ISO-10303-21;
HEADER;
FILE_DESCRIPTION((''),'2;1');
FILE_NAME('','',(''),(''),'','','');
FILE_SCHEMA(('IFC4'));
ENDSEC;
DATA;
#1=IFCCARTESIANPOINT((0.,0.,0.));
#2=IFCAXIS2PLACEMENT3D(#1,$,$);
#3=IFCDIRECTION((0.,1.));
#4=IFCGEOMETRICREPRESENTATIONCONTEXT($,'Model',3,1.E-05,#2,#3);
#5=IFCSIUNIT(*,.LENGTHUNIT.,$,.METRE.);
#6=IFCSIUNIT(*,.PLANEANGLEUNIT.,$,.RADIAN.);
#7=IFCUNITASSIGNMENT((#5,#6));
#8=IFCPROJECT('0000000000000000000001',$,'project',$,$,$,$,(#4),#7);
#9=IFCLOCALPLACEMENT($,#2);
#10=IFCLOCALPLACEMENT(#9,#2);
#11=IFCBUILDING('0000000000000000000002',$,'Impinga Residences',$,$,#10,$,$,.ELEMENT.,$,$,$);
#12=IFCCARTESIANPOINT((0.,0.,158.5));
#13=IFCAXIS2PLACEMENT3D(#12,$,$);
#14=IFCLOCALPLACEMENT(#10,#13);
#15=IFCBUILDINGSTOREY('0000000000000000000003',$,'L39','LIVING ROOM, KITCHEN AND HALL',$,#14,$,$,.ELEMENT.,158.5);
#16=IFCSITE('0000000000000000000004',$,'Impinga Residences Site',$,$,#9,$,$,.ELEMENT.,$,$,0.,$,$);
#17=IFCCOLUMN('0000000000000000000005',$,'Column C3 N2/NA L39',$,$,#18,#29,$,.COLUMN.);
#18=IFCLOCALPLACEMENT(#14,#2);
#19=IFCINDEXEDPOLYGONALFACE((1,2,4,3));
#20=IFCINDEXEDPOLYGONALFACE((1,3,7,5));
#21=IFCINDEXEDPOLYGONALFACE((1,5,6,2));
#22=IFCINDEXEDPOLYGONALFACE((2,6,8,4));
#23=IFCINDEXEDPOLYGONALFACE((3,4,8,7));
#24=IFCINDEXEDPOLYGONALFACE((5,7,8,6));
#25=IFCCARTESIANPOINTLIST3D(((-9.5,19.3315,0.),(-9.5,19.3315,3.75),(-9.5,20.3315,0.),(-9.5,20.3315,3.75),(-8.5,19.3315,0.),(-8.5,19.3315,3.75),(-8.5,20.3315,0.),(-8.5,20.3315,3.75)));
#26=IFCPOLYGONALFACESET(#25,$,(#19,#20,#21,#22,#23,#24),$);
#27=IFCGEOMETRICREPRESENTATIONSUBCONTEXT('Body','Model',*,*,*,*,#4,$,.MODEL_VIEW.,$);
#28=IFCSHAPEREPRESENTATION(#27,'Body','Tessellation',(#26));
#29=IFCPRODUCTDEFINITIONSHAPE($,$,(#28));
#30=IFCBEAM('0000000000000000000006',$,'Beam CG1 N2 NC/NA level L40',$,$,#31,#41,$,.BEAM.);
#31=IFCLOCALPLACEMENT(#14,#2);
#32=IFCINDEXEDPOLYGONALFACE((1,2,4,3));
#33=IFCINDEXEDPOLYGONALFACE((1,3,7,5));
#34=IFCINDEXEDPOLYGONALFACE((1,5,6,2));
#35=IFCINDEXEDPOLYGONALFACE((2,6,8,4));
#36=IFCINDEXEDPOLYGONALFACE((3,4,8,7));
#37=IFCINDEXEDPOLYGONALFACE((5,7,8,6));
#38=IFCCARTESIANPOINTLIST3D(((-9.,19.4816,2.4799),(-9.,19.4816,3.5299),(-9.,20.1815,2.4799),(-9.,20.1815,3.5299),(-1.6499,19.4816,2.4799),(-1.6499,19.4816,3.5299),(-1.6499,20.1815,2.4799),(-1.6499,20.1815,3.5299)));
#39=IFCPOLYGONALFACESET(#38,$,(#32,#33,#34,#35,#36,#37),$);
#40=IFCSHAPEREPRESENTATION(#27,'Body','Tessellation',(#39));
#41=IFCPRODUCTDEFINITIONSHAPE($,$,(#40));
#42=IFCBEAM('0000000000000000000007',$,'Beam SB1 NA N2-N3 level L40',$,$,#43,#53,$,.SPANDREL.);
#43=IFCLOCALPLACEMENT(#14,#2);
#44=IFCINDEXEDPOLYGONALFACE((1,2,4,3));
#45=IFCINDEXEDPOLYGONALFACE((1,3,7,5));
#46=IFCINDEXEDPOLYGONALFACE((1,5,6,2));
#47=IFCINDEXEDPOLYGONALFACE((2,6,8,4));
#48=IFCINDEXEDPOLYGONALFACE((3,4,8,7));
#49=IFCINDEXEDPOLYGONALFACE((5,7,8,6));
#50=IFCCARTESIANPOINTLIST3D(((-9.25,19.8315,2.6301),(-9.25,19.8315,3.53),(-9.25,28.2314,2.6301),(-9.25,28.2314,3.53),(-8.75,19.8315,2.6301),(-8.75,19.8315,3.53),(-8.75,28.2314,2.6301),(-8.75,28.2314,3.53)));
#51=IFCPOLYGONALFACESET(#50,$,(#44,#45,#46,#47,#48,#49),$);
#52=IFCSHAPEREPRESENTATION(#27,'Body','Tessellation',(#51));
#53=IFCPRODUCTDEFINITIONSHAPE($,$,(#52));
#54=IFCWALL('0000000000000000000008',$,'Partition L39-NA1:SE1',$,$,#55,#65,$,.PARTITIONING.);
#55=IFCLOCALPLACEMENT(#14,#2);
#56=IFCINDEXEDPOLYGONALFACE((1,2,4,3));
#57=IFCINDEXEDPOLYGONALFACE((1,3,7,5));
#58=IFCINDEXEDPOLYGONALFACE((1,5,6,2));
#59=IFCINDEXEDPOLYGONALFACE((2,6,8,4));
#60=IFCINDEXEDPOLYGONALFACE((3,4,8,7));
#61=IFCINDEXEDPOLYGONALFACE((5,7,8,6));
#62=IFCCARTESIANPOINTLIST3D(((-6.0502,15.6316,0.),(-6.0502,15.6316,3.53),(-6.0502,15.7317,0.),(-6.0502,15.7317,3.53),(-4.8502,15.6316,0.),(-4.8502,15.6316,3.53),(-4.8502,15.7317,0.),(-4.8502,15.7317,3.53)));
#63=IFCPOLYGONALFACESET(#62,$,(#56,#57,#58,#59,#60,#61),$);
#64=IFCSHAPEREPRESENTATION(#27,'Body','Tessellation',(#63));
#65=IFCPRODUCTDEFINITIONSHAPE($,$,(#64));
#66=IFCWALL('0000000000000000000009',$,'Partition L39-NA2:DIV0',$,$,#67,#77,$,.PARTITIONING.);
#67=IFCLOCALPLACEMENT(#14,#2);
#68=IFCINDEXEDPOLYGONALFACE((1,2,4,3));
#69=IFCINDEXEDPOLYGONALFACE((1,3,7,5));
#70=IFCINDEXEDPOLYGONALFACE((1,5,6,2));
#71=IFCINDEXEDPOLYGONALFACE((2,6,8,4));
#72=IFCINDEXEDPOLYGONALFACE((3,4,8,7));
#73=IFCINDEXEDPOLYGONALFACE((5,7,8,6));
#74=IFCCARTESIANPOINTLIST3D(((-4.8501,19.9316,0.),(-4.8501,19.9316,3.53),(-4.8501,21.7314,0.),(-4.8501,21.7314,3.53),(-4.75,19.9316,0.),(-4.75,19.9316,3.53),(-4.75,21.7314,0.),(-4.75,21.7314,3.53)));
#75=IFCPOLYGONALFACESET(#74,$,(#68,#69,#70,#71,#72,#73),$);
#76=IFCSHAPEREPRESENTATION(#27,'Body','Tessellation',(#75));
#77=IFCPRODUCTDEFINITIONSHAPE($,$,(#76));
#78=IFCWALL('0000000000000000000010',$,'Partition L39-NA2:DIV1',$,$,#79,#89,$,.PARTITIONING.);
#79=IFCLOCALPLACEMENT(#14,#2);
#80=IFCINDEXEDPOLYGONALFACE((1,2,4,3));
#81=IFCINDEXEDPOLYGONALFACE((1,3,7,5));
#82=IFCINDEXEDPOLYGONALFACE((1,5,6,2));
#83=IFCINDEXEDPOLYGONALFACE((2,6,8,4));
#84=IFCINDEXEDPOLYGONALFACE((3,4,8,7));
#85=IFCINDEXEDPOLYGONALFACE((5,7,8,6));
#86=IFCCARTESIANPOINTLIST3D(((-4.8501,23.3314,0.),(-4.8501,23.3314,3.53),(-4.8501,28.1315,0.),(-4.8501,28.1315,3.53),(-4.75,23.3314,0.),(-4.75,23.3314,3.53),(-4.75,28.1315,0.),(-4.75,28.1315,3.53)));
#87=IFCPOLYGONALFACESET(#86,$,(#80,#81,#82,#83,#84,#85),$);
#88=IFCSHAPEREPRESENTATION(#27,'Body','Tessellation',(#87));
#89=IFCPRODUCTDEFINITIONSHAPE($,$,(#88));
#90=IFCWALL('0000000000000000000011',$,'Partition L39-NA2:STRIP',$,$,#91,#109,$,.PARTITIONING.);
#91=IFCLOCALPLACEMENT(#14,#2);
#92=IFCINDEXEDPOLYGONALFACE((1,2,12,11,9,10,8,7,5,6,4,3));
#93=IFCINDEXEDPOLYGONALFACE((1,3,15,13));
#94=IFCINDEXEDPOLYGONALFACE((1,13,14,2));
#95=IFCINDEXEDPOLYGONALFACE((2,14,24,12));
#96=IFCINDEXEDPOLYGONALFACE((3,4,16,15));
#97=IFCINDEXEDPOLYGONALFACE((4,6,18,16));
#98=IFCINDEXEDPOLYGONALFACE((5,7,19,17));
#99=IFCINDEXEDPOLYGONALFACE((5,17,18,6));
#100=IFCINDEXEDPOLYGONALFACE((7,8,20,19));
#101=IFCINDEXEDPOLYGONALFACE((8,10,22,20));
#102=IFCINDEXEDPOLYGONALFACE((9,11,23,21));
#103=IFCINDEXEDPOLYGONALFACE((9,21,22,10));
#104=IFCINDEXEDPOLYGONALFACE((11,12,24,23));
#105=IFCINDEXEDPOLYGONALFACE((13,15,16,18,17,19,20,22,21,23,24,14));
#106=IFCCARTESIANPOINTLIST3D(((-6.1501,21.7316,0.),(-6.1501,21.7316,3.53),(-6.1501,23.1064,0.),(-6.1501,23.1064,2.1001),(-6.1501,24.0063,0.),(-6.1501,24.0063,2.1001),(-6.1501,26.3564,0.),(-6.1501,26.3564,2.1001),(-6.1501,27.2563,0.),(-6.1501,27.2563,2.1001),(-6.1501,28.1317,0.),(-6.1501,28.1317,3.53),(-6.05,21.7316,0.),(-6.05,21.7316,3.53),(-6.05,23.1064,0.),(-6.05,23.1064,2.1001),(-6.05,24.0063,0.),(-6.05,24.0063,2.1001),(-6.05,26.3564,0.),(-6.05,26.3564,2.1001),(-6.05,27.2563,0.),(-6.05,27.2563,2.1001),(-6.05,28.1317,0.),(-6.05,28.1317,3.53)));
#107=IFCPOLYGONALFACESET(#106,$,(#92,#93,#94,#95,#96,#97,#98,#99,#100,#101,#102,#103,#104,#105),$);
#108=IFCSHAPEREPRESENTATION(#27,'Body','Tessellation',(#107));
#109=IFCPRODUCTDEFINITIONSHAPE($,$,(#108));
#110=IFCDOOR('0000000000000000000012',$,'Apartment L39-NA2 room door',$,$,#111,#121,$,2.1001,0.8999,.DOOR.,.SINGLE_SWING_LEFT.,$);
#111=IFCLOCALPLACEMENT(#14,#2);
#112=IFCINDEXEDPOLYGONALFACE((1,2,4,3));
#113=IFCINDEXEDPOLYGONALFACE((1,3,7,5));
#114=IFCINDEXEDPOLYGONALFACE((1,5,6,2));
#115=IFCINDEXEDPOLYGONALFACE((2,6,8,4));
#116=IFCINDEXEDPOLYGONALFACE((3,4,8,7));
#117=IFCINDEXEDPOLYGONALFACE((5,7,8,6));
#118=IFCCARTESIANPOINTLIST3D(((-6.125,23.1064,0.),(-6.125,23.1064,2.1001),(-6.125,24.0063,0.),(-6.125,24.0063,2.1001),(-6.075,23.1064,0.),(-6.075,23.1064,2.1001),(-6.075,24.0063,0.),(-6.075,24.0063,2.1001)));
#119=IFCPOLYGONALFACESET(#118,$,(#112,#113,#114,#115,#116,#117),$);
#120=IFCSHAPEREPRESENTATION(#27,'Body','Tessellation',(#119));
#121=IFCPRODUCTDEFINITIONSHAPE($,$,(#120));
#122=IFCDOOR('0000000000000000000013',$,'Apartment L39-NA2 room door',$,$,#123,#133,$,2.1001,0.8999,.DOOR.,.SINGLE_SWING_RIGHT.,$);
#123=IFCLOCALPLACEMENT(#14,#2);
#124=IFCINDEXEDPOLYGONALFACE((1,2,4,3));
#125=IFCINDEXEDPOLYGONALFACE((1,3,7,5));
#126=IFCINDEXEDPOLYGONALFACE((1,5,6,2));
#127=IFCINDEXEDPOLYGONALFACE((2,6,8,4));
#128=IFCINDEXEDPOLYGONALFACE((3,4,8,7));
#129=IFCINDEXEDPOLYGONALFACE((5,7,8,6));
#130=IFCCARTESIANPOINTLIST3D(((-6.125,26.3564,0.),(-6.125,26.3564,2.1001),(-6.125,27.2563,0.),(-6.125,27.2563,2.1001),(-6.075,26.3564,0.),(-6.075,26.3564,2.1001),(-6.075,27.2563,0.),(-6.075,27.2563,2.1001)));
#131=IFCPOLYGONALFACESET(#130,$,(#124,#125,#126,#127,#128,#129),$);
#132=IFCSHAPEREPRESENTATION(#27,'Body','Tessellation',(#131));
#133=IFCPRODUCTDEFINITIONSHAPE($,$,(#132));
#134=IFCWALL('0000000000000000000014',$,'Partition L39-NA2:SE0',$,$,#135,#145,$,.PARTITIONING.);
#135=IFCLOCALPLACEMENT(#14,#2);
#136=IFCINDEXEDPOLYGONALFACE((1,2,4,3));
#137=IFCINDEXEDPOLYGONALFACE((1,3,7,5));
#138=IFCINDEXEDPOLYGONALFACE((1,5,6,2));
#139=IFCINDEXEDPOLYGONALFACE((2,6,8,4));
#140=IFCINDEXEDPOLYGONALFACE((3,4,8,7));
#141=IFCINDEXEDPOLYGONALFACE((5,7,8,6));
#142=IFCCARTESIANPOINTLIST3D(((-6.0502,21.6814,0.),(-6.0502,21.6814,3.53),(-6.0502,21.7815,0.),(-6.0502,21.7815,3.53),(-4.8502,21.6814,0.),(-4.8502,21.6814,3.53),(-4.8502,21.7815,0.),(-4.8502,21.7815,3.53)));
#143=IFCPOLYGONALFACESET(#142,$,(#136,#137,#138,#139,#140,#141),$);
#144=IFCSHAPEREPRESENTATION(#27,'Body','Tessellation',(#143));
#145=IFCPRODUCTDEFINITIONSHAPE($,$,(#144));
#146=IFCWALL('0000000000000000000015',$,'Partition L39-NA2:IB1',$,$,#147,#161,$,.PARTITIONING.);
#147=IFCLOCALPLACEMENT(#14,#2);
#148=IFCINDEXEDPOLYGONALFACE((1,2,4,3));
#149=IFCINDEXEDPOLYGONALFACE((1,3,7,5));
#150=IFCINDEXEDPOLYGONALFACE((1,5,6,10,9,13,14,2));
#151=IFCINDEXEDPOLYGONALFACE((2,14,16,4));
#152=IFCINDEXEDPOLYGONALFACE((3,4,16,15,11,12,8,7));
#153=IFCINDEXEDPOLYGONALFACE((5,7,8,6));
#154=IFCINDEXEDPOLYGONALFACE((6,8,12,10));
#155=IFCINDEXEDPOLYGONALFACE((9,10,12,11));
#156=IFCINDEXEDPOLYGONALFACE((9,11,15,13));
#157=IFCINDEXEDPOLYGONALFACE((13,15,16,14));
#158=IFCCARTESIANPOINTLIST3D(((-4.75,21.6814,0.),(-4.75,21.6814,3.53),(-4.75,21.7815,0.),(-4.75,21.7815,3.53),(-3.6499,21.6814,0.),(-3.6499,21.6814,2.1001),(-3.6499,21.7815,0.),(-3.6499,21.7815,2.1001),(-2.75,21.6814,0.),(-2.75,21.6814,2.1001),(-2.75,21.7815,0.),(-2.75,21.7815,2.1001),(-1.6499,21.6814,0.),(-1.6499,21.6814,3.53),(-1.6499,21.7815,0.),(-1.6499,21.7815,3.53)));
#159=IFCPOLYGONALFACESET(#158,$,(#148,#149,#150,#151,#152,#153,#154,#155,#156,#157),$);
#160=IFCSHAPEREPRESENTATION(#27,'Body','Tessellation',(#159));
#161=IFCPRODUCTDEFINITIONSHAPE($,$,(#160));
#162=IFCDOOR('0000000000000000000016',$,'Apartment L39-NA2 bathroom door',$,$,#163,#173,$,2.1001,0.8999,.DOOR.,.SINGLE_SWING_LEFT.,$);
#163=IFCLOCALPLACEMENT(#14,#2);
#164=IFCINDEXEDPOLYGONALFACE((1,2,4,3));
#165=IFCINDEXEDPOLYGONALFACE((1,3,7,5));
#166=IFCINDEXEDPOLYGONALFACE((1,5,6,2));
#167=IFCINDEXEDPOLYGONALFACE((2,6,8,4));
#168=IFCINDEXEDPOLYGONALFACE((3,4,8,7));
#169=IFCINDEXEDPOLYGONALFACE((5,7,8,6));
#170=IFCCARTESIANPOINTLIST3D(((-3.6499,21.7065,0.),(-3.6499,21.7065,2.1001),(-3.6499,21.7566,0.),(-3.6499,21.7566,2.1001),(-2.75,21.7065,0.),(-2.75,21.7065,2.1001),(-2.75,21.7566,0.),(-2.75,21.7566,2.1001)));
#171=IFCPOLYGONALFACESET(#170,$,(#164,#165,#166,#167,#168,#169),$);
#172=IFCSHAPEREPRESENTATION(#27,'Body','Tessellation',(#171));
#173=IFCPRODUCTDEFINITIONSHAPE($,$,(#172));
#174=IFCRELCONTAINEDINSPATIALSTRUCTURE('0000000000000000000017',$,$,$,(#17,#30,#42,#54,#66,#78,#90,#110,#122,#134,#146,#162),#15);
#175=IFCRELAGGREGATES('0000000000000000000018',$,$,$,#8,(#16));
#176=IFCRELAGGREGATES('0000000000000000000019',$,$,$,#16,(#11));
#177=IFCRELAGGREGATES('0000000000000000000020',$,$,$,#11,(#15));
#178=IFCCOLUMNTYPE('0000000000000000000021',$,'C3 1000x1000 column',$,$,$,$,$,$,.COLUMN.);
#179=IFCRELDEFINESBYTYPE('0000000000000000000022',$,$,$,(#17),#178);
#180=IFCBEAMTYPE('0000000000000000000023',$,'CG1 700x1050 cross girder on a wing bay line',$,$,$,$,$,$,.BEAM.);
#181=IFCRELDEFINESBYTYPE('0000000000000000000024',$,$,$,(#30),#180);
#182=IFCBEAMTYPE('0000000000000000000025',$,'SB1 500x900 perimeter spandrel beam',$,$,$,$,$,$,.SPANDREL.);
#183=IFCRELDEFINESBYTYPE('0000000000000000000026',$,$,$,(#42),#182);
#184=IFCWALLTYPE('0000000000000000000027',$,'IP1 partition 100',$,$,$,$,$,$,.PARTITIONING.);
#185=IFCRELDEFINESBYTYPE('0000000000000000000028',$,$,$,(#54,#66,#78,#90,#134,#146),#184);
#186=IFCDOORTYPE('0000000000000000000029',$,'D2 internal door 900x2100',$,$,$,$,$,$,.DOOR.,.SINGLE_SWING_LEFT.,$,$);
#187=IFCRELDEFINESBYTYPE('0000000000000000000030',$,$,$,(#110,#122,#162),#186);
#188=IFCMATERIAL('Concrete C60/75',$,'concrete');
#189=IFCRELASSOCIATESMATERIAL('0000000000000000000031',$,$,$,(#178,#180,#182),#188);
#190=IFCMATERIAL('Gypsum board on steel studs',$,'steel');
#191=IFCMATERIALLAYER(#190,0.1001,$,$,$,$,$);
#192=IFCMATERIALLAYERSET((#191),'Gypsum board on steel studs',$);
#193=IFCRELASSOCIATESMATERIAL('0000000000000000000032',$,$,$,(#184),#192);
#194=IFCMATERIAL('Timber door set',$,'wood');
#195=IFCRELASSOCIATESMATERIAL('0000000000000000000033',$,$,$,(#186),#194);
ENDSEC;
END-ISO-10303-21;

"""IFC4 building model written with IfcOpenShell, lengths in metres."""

from ifc_helpers import new_model, si_unit, direction, frame, frame_2d, origin, origin_2d, place, context, subcontext, project, spatial, rectangle, extrude, material, layer, layer_set, material_profile, profile_set, type_object, element, fill, save


model = new_model("IFC4")

# Units and contexts
model_context = context("Model", 3, precision=1e-05, world=origin(), true_north=direction((0.0, 1.0)))
body_context = subcontext(model_context, "Body", "Model", "MODEL_VIEW")
ifc_project = project(units=[si_unit("LENGTHUNIT", "METRE"), si_unit("PLANEANGLEUNIT", "RADIAN")], contexts=[model_context])

# Site, building, storey
site_placement = place(None, origin())
site = spatial("IfcSite", under=ifc_project, at=site_placement, Name="Impinga Residences Site", CompositionType="ELEMENT", RefElevation=0.0)
building_placement = place(site_placement, origin())
building = spatial("IfcBuilding", under=site, at=building_placement, Name="Impinga Residences", CompositionType="ELEMENT")
storey_placement = place(building_placement, frame((0.0, 0.0, 158.5)))
storey = spatial("IfcBuildingStorey", under=building, at=storey_placement, Name="L39", Description="LIVING ROOM, KITCHEN AND HALL", CompositionType="ELEMENT", Elevation=158.5)

# Column
ifc_material_1 = material(Name="Concrete C60/75", Category="concrete")
ifc_material_profile_1 = material_profile(ifc_material_1, rectangle(XDim=1.0, YDim=1.0, at=origin_2d()), Name="RC 1000x1000")
ifc_profile_set_1 = profile_set([ifc_material_profile_1], Name="Concrete C60/75")
column_type = type_object("IfcColumnType", Name="C3 1000x1000 column", PredefinedType="COLUMN", material=ifc_profile_set_1)
column_placement = place(storey_placement, frame((-9.0, 19.8315, 0.0), z_axis=(0.0, 0.0, 1.0), x_axis=(1.0, 0.0, 0.0)))
element("IfcColumn", 1, at=column_placement, inside=storey, type_object=column_type, Name="Column C3 N2/NA L39", PredefinedType="COLUMN", context=body_context, shape_type="SweptSolid", body=[
    extrude(rectangle(XDim=1.0, YDim=1.0, at=origin_2d()), origin(), (0.0, 0.0, 1.0), 3.75),
])

# Beams
ifc_material_profile_2 = material_profile(ifc_material_1, rectangle(XDim=0.7, YDim=1.05, at=origin_2d()), Name="RC 700x1050")
ifc_profile_set_2 = profile_set([ifc_material_profile_2], Name="Concrete C60/75")
beam_type_1 = type_object("IfcBeamType", Name="CG1 700x1050 cross girder on a wing bay line", PredefinedType="BEAM", material=ifc_profile_set_2)
beam_1_placement = place(storey_placement, frame((-1.6499, 19.8315, 3.0049), z_axis=(-1.0, 0.0, 0.0), x_axis=(0.0, -1.0, 0.0)))
element("IfcBeam", 2, at=beam_1_placement, inside=storey, type_object=beam_type_1, Name="Beam CG1 N2 NC/NA level L40", PredefinedType="BEAM", context=body_context, shape_type="SweptSolid", body=[
    extrude(rectangle(XDim=0.7, YDim=1.05, at=origin_2d()), origin(), (0.0, 0.0, 1.0), 7.3501),
])
ifc_material_profile_3 = material_profile(ifc_material_1, rectangle(XDim=0.5, YDim=0.8999, at=origin_2d()), Name="RC 500x900")
ifc_profile_set_3 = profile_set([ifc_material_profile_3], Name="Concrete C60/75")
beam_type_2 = type_object("IfcBeamType", Name="SB1 500x900 perimeter spandrel beam", PredefinedType="SPANDREL", material=ifc_profile_set_3)
beam_2_placement = place(storey_placement, frame((-9.0, 19.8315, 3.0801), z_axis=(0.0, 1.0, 0.0), x_axis=(-1.0, 0.0, 0.0)))
element("IfcBeam", 3, at=beam_2_placement, inside=storey, type_object=beam_type_2, Name="Beam SB1 NA N2-N3 level L40", PredefinedType="SPANDREL", context=body_context, shape_type="SweptSolid", body=[
    extrude(rectangle(XDim=0.5, YDim=0.8999, at=origin_2d()), origin(), (0.0, 0.0, 1.0), 8.3999),
])

# Walls
ifc_material_2 = material(Name="Gypsum board on steel studs", Category="steel")
ifc_layer_1 = layer(ifc_material_2, 0.1001)
ifc_layer_set_1 = layer_set([ifc_layer_1], Name="Gypsum board on steel studs")
wall_type_1 = type_object("IfcWallType", Name="IP1 partition 100", PredefinedType="PARTITIONING", material=ifc_layer_set_1)
wall_1_placement = place(storey_placement, frame((-4.8501, 15.6816, 0.0), z_axis=(0.0, 0.0, 1.0), x_axis=(-1.0, 0.0, 0.0)))
element("IfcWall", 4, at=wall_1_placement, inside=storey, type_object=wall_type_1, Name="Partition L39-NA1:SE1", PredefinedType="PARTITIONING", context=body_context, shape_type="SweptSolid", body=[
    extrude(rectangle(XDim=1.2, YDim=0.1001, at=frame_2d((0.6001, 0.0))), origin(), (0.0, 0.0, 1.0), 3.53),
])
wall_2_placement = place(storey_placement, frame((-4.8, 19.9316, 0.0), z_axis=(0.0, 0.0, 1.0), x_axis=(0.0, 1.0, 0.0)))
element("IfcWall", 5, at=wall_2_placement, inside=storey, type_object=wall_type_1, Name="Partition L39-NA2:DIV0", PredefinedType="PARTITIONING", context=body_context, shape_type="SweptSolid", body=[
    extrude(rectangle(XDim=1.7998, YDim=0.1001, at=frame_2d((0.8999, 0.0))), origin(), (0.0, 0.0, 1.0), 3.53),
])
wall_3_placement = place(storey_placement, frame((-4.8, 23.3315, 0.0), z_axis=(0.0, 0.0, 1.0), x_axis=(0.0, 1.0, 0.0)))
element("IfcWall", 6, at=wall_3_placement, inside=storey, type_object=wall_type_1, Name="Partition L39-NA2:DIV1", PredefinedType="PARTITIONING", context=body_context, shape_type="SweptSolid", body=[
    extrude(rectangle(XDim=4.8, YDim=0.1001, at=frame_2d((2.3999, 0.0))), origin(), (0.0, 0.0, 1.0), 3.53),
])

# Wall, openings, doors
wall_4_placement = place(storey_placement, frame((-6.1001, 21.7314, 0.0), z_axis=(0.0, 0.0, 1.0), x_axis=(0.0, 1.0, 0.0)))
wall_4 = element("IfcWall", 7, at=wall_4_placement, inside=storey, type_object=wall_type_1, Name="Partition L39-NA2:STRIP", PredefinedType="PARTITIONING", context=body_context, shape_type="SweptSolid", body=[
    extrude(rectangle(XDim=6.4001, YDim=0.1001, at=frame_2d((3.2002, 0.0))), origin(), (0.0, 0.0, 1.0), 3.53),
])
opening_1_placement = place(wall_4_placement, frame((1.375, 0.0, 0.0)))
opening_1 = element("IfcOpeningElement", 8, at=opening_1_placement, cuts=wall_4, PredefinedType="OPENING", context=body_context, shape_type="SweptSolid", body=[
    extrude(rectangle(XDim=0.8999, YDim=2.1001, at=frame_2d((0.45, 1.05))), frame((0.0, 0.0601, 0.0), z_axis=(0.0, -1.0, 0.0), x_axis=(1.0, 0.0, 0.0)), (0.0, 0.0, 1.0), 0.1201),
])
opening_2_placement = place(wall_4_placement, frame((4.625, 0.0, 0.0)))
opening_2 = element("IfcOpeningElement", 9, at=opening_2_placement, cuts=wall_4, PredefinedType="OPENING", context=body_context, shape_type="SweptSolid", body=[
    extrude(rectangle(XDim=0.8999, YDim=2.1001, at=frame_2d((0.45, 1.05))), frame((0.0, 0.0601, 0.0), z_axis=(0.0, -1.0, 0.0), x_axis=(1.0, 0.0, 0.0)), (0.0, 0.0, 1.0), 0.1201),
])
ifc_material_3 = material(Name="Timber door set", Category="wood")
door_type = type_object("IfcDoorType", Name="D2 internal door 900x2100", OperationType="SINGLE_SWING_LEFT", PredefinedType="DOOR", material=ifc_material_3)
door_1_placement = place(opening_1_placement, origin())
door_1 = element("IfcDoor", 10, at=door_1_placement, inside=storey, type_object=door_type, Name="Apartment L39-NA2 room door", OperationType="SINGLE_SWING_LEFT", OverallHeight=2.1001, OverallWidth=0.8999, PredefinedType="DOOR", context=body_context, shape_type="SweptSolid", body=[
    extrude(rectangle(XDim=0.8999, YDim=2.1001, at=frame_2d((0.45, 1.05))), frame((0.0, 0.0249, 0.0), z_axis=(0.0, -1.0, 0.0), x_axis=(1.0, 0.0, 0.0)), (0.0, 0.0, 1.0), 0.05),
])
fill(opening_1, door_1)
door_2_placement = place(opening_2_placement, origin())
door_2 = element("IfcDoor", 11, at=door_2_placement, inside=storey, type_object=door_type, Name="Apartment L39-NA2 room door", OperationType="SINGLE_SWING_RIGHT", OverallHeight=2.1001, OverallWidth=0.8999, PredefinedType="DOOR", context=body_context, shape_type="SweptSolid", body=[
    extrude(rectangle(XDim=0.8999, YDim=2.1001, at=frame_2d((0.45, 1.05))), frame((0.0, 0.0249, 0.0), z_axis=(0.0, -1.0, 0.0), x_axis=(1.0, 0.0, 0.0)), (0.0, 0.0, 1.0), 0.05),
])
fill(opening_2, door_2)

# Wall
wall_5_placement = place(storey_placement, frame((-4.8501, 21.7314, 0.0), z_axis=(0.0, 0.0, 1.0), x_axis=(-1.0, 0.0, 0.0)))
element("IfcWall", 12, at=wall_5_placement, inside=storey, type_object=wall_type_1, Name="Partition L39-NA2:SE0", PredefinedType="PARTITIONING", context=body_context, shape_type="SweptSolid", body=[
    extrude(rectangle(XDim=1.2, YDim=0.1001, at=frame_2d((0.6001, 0.0))), origin(), (0.0, 0.0, 1.0), 3.53),
])

# Wall, opening, door
wall_6_placement = place(storey_placement, frame((-1.6499, 21.7314, 0.0), z_axis=(0.0, 0.0, 1.0), x_axis=(-1.0, 0.0, 0.0)))
wall_6 = element("IfcWall", 13, at=wall_6_placement, inside=storey, type_object=wall_type_1, Name="Partition L39-NA2:IB1", PredefinedType="PARTITIONING", context=body_context, shape_type="SweptSolid", body=[
    extrude(rectangle(XDim=3.1001, YDim=0.1001, at=frame_2d((1.55, 0.0))), origin(), (0.0, 0.0, 1.0), 3.53),
])
opening_3_placement = place(wall_6_placement, frame((1.1001, 0.0, 0.0)))
opening_3 = element("IfcOpeningElement", 14, at=opening_3_placement, cuts=wall_6, PredefinedType="OPENING", context=body_context, shape_type="SweptSolid", body=[
    extrude(rectangle(XDim=0.8999, YDim=2.1001, at=frame_2d((0.45, 1.05))), frame((0.0, 0.0601, 0.0), z_axis=(0.0, -1.0, 0.0), x_axis=(1.0, 0.0, 0.0)), (0.0, 0.0, 1.0), 0.1201),
])
door_3_placement = place(opening_3_placement, origin())
door_3 = element("IfcDoor", 15, at=door_3_placement, inside=storey, type_object=door_type, Name="Apartment L39-NA2 bathroom door", OperationType="SINGLE_SWING_LEFT", OverallHeight=2.1001, OverallWidth=0.8999, PredefinedType="DOOR", context=body_context, shape_type="SweptSolid", body=[
    extrude(rectangle(XDim=0.8999, YDim=2.1001, at=frame_2d((0.45, 1.05))), frame((0.0, 0.0249, 0.0), z_axis=(0.0, -1.0, 0.0), x_axis=(1.0, 0.0, 0.0)), (0.0, 0.0, 1.0), 0.05),
])
fill(opening_3, door_3)

save(model, "model.ifc")
